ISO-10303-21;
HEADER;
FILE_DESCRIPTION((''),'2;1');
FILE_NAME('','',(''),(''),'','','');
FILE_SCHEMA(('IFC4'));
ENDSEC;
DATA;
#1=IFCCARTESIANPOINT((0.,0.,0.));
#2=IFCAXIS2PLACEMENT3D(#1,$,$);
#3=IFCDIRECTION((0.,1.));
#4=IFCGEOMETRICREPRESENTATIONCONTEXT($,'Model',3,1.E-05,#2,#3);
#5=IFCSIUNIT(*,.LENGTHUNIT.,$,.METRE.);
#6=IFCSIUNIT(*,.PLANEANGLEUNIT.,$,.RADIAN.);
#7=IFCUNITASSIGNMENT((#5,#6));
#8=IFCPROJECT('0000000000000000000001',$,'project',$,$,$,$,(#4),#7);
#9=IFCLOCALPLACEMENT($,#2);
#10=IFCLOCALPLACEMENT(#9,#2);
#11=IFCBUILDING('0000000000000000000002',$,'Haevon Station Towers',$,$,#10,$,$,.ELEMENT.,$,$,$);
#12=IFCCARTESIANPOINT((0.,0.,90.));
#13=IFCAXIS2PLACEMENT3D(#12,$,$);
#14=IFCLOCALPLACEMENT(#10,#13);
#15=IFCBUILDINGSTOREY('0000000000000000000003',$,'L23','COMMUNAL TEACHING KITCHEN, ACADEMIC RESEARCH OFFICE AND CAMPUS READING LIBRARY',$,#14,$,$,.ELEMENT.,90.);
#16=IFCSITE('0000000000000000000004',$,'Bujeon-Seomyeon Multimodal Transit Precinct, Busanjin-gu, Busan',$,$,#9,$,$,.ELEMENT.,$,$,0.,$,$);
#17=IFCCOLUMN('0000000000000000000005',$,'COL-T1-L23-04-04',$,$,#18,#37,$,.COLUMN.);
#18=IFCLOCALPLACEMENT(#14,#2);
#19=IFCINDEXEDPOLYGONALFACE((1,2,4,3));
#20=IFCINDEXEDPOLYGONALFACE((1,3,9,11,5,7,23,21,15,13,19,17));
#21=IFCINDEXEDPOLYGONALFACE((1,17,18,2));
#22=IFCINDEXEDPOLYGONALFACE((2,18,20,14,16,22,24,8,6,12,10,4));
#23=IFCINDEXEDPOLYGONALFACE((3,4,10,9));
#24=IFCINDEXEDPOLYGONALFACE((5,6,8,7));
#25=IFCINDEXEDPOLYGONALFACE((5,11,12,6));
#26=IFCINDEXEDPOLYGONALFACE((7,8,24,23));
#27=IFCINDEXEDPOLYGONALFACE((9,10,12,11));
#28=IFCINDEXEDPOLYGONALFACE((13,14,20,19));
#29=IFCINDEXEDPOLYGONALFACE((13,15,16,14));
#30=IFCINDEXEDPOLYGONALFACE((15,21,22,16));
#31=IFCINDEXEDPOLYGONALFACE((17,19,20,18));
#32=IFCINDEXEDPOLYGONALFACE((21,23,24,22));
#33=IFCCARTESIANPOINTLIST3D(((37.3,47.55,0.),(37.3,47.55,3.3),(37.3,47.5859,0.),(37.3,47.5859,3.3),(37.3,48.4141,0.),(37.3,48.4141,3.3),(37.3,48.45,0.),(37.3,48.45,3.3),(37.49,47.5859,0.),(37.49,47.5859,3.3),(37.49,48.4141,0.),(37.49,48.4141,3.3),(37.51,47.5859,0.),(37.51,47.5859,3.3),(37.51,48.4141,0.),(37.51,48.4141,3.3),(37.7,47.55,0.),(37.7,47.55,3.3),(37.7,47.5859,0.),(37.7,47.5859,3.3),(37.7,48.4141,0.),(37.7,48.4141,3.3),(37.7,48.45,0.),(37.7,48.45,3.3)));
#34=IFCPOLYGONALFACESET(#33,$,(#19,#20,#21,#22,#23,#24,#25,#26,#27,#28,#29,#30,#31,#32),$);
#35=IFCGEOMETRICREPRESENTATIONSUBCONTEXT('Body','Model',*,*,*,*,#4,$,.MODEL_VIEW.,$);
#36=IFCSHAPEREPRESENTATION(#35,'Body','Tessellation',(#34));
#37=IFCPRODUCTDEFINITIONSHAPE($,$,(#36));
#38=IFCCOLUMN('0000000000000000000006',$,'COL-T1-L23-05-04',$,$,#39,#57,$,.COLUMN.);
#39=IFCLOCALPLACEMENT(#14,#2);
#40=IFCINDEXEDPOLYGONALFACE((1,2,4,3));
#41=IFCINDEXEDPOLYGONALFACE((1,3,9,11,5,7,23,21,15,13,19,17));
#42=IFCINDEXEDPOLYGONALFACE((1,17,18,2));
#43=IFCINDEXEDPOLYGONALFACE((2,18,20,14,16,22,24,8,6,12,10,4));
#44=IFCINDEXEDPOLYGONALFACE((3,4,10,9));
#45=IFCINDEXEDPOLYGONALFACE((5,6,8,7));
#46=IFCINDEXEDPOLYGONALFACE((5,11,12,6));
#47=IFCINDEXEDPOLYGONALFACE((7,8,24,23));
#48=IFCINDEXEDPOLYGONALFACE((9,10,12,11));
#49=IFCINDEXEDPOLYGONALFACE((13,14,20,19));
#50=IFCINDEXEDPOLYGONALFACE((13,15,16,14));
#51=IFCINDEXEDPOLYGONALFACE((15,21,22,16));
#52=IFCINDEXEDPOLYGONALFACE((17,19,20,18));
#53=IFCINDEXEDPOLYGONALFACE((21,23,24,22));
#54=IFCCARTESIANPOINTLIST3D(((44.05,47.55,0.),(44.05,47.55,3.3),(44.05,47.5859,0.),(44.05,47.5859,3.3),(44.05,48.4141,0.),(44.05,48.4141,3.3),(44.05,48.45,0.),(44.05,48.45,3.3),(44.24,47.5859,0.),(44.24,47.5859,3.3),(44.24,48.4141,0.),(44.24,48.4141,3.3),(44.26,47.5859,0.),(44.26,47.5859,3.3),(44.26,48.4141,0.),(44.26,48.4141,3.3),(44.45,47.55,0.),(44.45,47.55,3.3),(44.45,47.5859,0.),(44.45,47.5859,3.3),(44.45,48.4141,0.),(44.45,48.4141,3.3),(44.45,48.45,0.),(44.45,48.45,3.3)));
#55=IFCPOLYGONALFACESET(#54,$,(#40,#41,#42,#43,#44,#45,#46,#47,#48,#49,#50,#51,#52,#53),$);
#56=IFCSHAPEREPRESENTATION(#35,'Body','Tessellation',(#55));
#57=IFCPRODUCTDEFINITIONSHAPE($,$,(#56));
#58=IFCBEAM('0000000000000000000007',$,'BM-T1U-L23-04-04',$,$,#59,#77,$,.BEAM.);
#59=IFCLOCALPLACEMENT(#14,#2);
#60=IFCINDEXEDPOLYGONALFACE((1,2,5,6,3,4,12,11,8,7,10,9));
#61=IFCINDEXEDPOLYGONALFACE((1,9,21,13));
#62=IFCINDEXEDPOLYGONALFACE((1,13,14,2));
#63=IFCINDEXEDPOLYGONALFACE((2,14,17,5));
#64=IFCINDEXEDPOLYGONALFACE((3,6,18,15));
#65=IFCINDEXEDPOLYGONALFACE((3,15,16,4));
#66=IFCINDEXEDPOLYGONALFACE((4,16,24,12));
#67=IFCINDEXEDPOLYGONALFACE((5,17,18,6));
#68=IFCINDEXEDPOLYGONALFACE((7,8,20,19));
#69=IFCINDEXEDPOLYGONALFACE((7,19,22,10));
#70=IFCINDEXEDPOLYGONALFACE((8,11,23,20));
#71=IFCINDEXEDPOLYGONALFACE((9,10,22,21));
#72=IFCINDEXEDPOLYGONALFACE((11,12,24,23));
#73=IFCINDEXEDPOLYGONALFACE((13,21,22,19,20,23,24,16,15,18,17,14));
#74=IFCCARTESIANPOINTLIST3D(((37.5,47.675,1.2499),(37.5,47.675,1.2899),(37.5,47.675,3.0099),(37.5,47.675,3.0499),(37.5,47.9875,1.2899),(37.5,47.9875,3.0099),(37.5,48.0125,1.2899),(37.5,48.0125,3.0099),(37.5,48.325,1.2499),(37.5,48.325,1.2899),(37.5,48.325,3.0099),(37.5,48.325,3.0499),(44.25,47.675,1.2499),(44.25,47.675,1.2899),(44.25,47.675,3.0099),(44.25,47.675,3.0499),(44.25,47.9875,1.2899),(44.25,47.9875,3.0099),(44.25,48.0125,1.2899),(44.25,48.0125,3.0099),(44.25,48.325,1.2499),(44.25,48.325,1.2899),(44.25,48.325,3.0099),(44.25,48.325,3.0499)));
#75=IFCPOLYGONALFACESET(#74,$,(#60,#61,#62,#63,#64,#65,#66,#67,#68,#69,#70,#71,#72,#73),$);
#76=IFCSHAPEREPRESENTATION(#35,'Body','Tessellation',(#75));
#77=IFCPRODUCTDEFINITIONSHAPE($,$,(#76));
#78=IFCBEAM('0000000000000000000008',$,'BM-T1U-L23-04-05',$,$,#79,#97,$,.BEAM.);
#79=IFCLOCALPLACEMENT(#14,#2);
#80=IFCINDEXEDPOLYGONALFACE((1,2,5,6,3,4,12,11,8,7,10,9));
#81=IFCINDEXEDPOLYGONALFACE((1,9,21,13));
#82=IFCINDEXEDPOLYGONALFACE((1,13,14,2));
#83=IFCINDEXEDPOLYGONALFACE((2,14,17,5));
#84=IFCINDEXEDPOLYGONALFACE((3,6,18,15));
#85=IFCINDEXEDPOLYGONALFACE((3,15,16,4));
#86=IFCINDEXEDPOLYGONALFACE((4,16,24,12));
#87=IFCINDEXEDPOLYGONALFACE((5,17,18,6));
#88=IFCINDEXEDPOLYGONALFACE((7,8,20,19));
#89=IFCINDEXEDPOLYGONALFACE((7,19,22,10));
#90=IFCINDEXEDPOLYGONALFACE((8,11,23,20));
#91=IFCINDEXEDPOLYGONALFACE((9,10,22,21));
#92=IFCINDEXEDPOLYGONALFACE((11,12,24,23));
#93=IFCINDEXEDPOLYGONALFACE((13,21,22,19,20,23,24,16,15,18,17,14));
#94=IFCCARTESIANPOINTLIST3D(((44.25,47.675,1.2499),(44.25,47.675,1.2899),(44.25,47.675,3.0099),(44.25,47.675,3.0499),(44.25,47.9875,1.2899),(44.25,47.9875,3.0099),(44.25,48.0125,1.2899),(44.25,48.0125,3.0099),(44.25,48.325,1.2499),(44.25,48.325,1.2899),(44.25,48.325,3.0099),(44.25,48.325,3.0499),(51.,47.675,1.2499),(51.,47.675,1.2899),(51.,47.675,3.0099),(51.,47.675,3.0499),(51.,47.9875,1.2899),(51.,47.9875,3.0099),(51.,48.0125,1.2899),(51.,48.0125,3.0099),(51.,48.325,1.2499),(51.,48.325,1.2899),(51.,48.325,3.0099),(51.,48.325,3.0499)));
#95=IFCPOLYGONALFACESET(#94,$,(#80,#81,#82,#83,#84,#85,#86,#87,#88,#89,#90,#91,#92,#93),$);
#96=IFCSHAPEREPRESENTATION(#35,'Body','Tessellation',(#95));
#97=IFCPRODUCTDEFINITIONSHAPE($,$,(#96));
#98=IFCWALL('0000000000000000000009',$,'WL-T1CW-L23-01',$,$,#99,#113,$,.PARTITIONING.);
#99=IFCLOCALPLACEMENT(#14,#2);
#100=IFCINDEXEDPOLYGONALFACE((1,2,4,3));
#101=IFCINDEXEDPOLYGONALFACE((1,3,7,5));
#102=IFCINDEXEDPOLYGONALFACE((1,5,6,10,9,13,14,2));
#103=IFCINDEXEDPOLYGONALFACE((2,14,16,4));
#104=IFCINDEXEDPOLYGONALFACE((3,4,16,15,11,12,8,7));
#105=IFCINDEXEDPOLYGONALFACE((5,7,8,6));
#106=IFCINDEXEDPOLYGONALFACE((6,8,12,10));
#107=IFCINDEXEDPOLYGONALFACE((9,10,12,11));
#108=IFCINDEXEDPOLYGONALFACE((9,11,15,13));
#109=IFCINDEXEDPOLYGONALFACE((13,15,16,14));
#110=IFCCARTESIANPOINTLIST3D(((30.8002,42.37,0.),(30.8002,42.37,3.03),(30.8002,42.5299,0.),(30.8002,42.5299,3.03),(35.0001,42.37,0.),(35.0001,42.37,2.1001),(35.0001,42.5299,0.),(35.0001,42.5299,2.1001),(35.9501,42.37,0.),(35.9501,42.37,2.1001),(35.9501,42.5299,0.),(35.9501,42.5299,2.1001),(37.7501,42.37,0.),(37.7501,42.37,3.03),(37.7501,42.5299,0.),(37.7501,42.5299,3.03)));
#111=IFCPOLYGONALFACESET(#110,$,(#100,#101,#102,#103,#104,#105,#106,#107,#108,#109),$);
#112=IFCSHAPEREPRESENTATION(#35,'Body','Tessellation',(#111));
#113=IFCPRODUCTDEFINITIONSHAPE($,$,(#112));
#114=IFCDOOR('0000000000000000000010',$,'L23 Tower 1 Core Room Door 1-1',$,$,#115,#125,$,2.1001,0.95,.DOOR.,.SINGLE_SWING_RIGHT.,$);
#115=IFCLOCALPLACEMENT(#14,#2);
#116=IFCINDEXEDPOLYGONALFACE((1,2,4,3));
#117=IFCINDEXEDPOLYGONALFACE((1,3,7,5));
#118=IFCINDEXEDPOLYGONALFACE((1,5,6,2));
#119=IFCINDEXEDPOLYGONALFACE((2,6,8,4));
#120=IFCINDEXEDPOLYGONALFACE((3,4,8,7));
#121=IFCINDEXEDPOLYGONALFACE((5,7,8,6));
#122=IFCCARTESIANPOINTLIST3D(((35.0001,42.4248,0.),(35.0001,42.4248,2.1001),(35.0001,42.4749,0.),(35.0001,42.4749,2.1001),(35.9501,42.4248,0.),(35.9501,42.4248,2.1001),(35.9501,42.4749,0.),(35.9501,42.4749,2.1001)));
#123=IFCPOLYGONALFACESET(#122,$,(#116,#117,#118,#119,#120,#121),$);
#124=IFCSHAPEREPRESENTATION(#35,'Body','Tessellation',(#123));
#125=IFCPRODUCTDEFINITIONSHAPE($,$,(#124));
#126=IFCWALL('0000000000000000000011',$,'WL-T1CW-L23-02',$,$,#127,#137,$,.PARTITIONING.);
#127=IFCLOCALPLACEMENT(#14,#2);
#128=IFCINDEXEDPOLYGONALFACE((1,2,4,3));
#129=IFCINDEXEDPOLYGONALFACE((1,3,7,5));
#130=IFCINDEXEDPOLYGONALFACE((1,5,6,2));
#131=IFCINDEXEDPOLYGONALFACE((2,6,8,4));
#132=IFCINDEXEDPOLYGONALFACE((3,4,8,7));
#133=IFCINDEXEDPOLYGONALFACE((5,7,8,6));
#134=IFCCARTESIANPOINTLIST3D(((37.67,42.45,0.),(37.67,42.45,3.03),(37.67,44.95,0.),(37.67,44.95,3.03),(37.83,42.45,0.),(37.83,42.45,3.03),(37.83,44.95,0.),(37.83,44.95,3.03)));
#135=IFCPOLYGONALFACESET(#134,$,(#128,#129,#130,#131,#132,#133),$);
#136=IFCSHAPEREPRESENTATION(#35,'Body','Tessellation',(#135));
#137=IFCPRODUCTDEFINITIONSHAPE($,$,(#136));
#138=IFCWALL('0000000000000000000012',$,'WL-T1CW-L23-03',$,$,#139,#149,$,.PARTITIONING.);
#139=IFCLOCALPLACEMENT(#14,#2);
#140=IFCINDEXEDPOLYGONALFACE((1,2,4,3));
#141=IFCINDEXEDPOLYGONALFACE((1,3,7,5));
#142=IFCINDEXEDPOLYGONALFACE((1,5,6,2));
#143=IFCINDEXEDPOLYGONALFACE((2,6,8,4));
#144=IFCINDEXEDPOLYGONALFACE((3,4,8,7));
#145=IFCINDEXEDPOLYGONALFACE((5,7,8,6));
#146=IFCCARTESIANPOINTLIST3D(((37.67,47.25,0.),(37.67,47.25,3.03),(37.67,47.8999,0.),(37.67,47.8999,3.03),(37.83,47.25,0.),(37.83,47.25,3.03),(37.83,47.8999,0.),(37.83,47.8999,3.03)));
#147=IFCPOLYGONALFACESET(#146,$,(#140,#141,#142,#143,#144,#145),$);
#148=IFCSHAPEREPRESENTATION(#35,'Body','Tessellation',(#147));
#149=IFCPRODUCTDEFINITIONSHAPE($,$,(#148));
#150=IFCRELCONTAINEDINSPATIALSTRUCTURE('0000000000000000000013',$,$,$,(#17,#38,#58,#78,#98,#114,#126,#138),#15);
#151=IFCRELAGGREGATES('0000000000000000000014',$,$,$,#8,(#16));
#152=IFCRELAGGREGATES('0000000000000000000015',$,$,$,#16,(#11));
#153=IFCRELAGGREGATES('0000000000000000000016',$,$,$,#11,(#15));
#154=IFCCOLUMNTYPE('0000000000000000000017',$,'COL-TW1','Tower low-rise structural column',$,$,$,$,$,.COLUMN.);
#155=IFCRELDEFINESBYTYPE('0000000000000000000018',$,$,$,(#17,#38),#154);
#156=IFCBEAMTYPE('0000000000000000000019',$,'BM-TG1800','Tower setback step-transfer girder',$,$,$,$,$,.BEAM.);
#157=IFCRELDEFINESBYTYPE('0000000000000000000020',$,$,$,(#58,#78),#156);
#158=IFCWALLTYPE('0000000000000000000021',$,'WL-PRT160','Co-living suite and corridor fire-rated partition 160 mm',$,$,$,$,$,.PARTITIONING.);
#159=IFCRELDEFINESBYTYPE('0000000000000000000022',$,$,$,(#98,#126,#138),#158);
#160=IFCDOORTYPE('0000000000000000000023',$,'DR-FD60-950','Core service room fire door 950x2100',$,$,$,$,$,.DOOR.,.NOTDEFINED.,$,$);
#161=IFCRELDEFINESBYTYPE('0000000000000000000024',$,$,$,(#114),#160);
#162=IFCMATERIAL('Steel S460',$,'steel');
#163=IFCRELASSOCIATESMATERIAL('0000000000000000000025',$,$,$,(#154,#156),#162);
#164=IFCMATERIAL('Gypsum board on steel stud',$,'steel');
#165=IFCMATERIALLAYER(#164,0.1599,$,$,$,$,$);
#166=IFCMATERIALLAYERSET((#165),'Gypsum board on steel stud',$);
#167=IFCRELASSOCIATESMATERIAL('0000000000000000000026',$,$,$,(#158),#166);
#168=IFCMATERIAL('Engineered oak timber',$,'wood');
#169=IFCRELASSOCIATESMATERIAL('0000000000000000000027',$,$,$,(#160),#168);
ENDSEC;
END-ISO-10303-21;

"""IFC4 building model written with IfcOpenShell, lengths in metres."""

from ifc_helpers import new_model, si_unit, direction, frame, frame_2d, origin, origin_2d, place, context, subcontext, project, spatial, rectangle, i_section, extrude, material, layer, layer_set, material_profile, profile_set, type_object, element, fill, save


model = new_model("IFC4")

# Units and contexts
model_context = context("Model", 3, precision=1e-05, world=origin(), true_north=direction((0.0, 1.0)))
body_context = subcontext(model_context, "Body", "Model", "MODEL_VIEW")
ifc_project = project(units=[si_unit("LENGTHUNIT", "METRE"), si_unit("PLANEANGLEUNIT", "RADIAN")], contexts=[model_context])

# Site, building, storey
site_placement = place(None, origin())
site = spatial("IfcSite", under=ifc_project, at=site_placement, Name="Bujeon-Seomyeon Multimodal Transit Precinct, Busanjin-gu, Busan", CompositionType="ELEMENT", RefElevation=0.0)
building_placement = place(site_placement, origin())
building = spatial("IfcBuilding", under=site, at=building_placement, Name="Haevon Station Towers", CompositionType="ELEMENT")
storey_placement = place(building_placement, frame((0.0, 0.0, 90.0)))
storey = spatial("IfcBuildingStorey", under=building, at=storey_placement, Name="L23", Description="COMMUNAL TEACHING KITCHEN, ACADEMIC RESEARCH OFFICE AND CAMPUS READING LIBRARY", CompositionType="ELEMENT", Elevation=90.0)

# Columns
ifc_material_1 = material(Name="Steel S460", Category="steel")
ifc_material_profile_1 = material_profile(ifc_material_1, i_section(OverallWidth=0.3999, OverallDepth=0.8999, WebThickness=0.02, FlangeThickness=0.0359, at=origin_2d()), Name="H-900x400x20x36")
ifc_profile_set_1 = profile_set([ifc_material_profile_1], Name="Steel S460")
column_type = type_object("IfcColumnType", Name="COL-TW1", Description="Tower low-rise structural column", PredefinedType="COLUMN", material=ifc_profile_set_1)
for number, where, z_axis, x_axis, name in (
    (1, (37.5, 48.0, 0.0), (0.0, 0.0, 1.0), (1.0, 0.0, 0.0), "COL-T1-L23-04-04"),
    (2, (44.25, 48.0, 0.0), (0.0, 0.0, 1.0), (1.0, 0.0, 0.0), "COL-T1-L23-05-04"),
):
    element("IfcColumn", number, at=place(storey_placement, frame(where, z_axis=z_axis, x_axis=x_axis)), inside=storey, type_object=column_type, Name=name, PredefinedType="COLUMN", context=body_context, shape_type="SweptSolid", body=[
        extrude(i_section(OverallWidth=0.3999, OverallDepth=0.8999, WebThickness=0.02, FlangeThickness=0.0359, at=origin_2d()), origin(), (0.0, 0.0, 1.0), 3.3),
    ])

# Beams
ifc_material_profile_2 = material_profile(ifc_material_1, i_section(OverallWidth=0.6499, OverallDepth=1.8, WebThickness=0.0249, FlangeThickness=0.04, at=origin_2d()), Name="H-1800x650x25x40")
ifc_profile_set_2 = profile_set([ifc_material_profile_2], Name="Steel S460")
beam_type = type_object("IfcBeamType", Name="BM-TG1800", Description="Tower setback step-transfer girder", PredefinedType="BEAM", material=ifc_profile_set_2)
for number, where, z_axis, x_axis, name in (
    (3, (37.5, 48.0, 2.1499), (1.0, 0.0, 0.0), (0.0, 1.0, 0.0), "BM-T1U-L23-04-04"),
    (4, (44.25, 48.0, 2.1499), (1.0, 0.0, 0.0), (0.0, 1.0, 0.0), "BM-T1U-L23-04-05"),
):
    element("IfcBeam", number, at=place(storey_placement, frame(where, z_axis=z_axis, x_axis=x_axis)), inside=storey, type_object=beam_type, Name=name, PredefinedType="BEAM", context=body_context, shape_type="SweptSolid", body=[
        extrude(i_section(OverallWidth=0.6499, OverallDepth=1.8, WebThickness=0.0249, FlangeThickness=0.04, at=origin_2d()), origin(), (0.0, 0.0, 1.0), 6.75),
    ])

# Wall, opening, door
ifc_material_2 = material(Name="Gypsum board on steel stud", Category="steel")
ifc_layer_1 = layer(ifc_material_2, 0.1599)
ifc_layer_set_1 = layer_set([ifc_layer_1], Name="Gypsum board on steel stud")
wall_type_1 = type_object("IfcWallType", Name="WL-PRT160", Description="Co-living suite and corridor fire-rated partition 160 mm", PredefinedType="PARTITIONING", material=ifc_layer_set_1)
wall_1_placement = place(storey_placement, frame((30.8, 42.45, 0.0), z_axis=(0.0, 0.0, 1.0), x_axis=(1.0, 0.0, 0.0)))
wall_1 = element("IfcWall", 5, at=wall_1_placement, inside=storey, type_object=wall_type_1, Name="WL-T1CW-L23-01", PredefinedType="PARTITIONING", context=body_context, shape_type="SweptSolid", body=[
    extrude(rectangle(XDim=6.95, YDim=0.1599, at=frame_2d((3.4751, 0.0))), origin(), (0.0, 0.0, 1.0), 3.03),
])
opening_1_placement = place(wall_1_placement, frame((4.2, 0.0, 0.0)))
opening_1 = element("IfcOpeningElement", 6, at=opening_1_placement, cuts=wall_1, PredefinedType="OPENING", context=body_context, shape_type="SweptSolid", body=[
    extrude(rectangle(XDim=0.95, YDim=2.1001, at=frame_2d((0.4751, 1.05))), frame((0.0, 0.0898, 0.0), z_axis=(0.0, -1.0, 0.0), x_axis=(1.0, 0.0, 0.0)), (0.0, 0.0, 1.0), 0.1799),
])
ifc_material_3 = material(Name="Engineered oak timber", Category="wood")
door_type_1 = type_object("IfcDoorType", Name="DR-FD60-950", Description="Core service room fire door 950x2100", OperationType="NOTDEFINED", PredefinedType="DOOR", material=ifc_material_3)
door_1_placement = place(opening_1_placement, origin())
door_1 = element("IfcDoor", 7, at=door_1_placement, inside=storey, type_object=door_type_1, Name="L23 Tower 1 Core Room Door 1-1", OperationType="SINGLE_SWING_RIGHT", OverallHeight=2.1001, OverallWidth=0.95, PredefinedType="DOOR", context=body_context, shape_type="SweptSolid", body=[
    extrude(rectangle(XDim=0.95, YDim=2.1001, at=frame_2d((0.4751, 1.05))), frame((0.0, 0.0249, 0.0), z_axis=(0.0, -1.0, 0.0), x_axis=(1.0, 0.0, 0.0)), (0.0, 0.0, 1.0), 0.05),
])
fill(opening_1, door_1)

# Walls
wall_2_placement = place(storey_placement, frame((37.75, 42.45, 0.0), z_axis=(0.0, 0.0, 1.0), x_axis=(0.0, 1.0, 0.0)))
element("IfcWall", 8, at=wall_2_placement, inside=storey, type_object=wall_type_1, Name="WL-T1CW-L23-02", PredefinedType="PARTITIONING", context=body_context, shape_type="SweptSolid", body=[
    extrude(rectangle(XDim=2.5, YDim=0.1599, at=frame_2d((1.25, 0.0))), origin(), (0.0, 0.0, 1.0), 3.03),
])
wall_3_placement = place(storey_placement, frame((37.75, 47.25, 0.0), z_axis=(0.0, 0.0, 1.0), x_axis=(0.0, 1.0, 0.0)))
element("IfcWall", 9, at=wall_3_placement, inside=storey, type_object=wall_type_1, Name="WL-T1CW-L23-03", PredefinedType="PARTITIONING", context=body_context, shape_type="SweptSolid", body=[
    extrude(rectangle(XDim=0.6499, YDim=0.1599, at=frame_2d((0.325, 0.0))), origin(), (0.0, 0.0, 1.0), 3.03),
])

save(model, "model.ifc")
